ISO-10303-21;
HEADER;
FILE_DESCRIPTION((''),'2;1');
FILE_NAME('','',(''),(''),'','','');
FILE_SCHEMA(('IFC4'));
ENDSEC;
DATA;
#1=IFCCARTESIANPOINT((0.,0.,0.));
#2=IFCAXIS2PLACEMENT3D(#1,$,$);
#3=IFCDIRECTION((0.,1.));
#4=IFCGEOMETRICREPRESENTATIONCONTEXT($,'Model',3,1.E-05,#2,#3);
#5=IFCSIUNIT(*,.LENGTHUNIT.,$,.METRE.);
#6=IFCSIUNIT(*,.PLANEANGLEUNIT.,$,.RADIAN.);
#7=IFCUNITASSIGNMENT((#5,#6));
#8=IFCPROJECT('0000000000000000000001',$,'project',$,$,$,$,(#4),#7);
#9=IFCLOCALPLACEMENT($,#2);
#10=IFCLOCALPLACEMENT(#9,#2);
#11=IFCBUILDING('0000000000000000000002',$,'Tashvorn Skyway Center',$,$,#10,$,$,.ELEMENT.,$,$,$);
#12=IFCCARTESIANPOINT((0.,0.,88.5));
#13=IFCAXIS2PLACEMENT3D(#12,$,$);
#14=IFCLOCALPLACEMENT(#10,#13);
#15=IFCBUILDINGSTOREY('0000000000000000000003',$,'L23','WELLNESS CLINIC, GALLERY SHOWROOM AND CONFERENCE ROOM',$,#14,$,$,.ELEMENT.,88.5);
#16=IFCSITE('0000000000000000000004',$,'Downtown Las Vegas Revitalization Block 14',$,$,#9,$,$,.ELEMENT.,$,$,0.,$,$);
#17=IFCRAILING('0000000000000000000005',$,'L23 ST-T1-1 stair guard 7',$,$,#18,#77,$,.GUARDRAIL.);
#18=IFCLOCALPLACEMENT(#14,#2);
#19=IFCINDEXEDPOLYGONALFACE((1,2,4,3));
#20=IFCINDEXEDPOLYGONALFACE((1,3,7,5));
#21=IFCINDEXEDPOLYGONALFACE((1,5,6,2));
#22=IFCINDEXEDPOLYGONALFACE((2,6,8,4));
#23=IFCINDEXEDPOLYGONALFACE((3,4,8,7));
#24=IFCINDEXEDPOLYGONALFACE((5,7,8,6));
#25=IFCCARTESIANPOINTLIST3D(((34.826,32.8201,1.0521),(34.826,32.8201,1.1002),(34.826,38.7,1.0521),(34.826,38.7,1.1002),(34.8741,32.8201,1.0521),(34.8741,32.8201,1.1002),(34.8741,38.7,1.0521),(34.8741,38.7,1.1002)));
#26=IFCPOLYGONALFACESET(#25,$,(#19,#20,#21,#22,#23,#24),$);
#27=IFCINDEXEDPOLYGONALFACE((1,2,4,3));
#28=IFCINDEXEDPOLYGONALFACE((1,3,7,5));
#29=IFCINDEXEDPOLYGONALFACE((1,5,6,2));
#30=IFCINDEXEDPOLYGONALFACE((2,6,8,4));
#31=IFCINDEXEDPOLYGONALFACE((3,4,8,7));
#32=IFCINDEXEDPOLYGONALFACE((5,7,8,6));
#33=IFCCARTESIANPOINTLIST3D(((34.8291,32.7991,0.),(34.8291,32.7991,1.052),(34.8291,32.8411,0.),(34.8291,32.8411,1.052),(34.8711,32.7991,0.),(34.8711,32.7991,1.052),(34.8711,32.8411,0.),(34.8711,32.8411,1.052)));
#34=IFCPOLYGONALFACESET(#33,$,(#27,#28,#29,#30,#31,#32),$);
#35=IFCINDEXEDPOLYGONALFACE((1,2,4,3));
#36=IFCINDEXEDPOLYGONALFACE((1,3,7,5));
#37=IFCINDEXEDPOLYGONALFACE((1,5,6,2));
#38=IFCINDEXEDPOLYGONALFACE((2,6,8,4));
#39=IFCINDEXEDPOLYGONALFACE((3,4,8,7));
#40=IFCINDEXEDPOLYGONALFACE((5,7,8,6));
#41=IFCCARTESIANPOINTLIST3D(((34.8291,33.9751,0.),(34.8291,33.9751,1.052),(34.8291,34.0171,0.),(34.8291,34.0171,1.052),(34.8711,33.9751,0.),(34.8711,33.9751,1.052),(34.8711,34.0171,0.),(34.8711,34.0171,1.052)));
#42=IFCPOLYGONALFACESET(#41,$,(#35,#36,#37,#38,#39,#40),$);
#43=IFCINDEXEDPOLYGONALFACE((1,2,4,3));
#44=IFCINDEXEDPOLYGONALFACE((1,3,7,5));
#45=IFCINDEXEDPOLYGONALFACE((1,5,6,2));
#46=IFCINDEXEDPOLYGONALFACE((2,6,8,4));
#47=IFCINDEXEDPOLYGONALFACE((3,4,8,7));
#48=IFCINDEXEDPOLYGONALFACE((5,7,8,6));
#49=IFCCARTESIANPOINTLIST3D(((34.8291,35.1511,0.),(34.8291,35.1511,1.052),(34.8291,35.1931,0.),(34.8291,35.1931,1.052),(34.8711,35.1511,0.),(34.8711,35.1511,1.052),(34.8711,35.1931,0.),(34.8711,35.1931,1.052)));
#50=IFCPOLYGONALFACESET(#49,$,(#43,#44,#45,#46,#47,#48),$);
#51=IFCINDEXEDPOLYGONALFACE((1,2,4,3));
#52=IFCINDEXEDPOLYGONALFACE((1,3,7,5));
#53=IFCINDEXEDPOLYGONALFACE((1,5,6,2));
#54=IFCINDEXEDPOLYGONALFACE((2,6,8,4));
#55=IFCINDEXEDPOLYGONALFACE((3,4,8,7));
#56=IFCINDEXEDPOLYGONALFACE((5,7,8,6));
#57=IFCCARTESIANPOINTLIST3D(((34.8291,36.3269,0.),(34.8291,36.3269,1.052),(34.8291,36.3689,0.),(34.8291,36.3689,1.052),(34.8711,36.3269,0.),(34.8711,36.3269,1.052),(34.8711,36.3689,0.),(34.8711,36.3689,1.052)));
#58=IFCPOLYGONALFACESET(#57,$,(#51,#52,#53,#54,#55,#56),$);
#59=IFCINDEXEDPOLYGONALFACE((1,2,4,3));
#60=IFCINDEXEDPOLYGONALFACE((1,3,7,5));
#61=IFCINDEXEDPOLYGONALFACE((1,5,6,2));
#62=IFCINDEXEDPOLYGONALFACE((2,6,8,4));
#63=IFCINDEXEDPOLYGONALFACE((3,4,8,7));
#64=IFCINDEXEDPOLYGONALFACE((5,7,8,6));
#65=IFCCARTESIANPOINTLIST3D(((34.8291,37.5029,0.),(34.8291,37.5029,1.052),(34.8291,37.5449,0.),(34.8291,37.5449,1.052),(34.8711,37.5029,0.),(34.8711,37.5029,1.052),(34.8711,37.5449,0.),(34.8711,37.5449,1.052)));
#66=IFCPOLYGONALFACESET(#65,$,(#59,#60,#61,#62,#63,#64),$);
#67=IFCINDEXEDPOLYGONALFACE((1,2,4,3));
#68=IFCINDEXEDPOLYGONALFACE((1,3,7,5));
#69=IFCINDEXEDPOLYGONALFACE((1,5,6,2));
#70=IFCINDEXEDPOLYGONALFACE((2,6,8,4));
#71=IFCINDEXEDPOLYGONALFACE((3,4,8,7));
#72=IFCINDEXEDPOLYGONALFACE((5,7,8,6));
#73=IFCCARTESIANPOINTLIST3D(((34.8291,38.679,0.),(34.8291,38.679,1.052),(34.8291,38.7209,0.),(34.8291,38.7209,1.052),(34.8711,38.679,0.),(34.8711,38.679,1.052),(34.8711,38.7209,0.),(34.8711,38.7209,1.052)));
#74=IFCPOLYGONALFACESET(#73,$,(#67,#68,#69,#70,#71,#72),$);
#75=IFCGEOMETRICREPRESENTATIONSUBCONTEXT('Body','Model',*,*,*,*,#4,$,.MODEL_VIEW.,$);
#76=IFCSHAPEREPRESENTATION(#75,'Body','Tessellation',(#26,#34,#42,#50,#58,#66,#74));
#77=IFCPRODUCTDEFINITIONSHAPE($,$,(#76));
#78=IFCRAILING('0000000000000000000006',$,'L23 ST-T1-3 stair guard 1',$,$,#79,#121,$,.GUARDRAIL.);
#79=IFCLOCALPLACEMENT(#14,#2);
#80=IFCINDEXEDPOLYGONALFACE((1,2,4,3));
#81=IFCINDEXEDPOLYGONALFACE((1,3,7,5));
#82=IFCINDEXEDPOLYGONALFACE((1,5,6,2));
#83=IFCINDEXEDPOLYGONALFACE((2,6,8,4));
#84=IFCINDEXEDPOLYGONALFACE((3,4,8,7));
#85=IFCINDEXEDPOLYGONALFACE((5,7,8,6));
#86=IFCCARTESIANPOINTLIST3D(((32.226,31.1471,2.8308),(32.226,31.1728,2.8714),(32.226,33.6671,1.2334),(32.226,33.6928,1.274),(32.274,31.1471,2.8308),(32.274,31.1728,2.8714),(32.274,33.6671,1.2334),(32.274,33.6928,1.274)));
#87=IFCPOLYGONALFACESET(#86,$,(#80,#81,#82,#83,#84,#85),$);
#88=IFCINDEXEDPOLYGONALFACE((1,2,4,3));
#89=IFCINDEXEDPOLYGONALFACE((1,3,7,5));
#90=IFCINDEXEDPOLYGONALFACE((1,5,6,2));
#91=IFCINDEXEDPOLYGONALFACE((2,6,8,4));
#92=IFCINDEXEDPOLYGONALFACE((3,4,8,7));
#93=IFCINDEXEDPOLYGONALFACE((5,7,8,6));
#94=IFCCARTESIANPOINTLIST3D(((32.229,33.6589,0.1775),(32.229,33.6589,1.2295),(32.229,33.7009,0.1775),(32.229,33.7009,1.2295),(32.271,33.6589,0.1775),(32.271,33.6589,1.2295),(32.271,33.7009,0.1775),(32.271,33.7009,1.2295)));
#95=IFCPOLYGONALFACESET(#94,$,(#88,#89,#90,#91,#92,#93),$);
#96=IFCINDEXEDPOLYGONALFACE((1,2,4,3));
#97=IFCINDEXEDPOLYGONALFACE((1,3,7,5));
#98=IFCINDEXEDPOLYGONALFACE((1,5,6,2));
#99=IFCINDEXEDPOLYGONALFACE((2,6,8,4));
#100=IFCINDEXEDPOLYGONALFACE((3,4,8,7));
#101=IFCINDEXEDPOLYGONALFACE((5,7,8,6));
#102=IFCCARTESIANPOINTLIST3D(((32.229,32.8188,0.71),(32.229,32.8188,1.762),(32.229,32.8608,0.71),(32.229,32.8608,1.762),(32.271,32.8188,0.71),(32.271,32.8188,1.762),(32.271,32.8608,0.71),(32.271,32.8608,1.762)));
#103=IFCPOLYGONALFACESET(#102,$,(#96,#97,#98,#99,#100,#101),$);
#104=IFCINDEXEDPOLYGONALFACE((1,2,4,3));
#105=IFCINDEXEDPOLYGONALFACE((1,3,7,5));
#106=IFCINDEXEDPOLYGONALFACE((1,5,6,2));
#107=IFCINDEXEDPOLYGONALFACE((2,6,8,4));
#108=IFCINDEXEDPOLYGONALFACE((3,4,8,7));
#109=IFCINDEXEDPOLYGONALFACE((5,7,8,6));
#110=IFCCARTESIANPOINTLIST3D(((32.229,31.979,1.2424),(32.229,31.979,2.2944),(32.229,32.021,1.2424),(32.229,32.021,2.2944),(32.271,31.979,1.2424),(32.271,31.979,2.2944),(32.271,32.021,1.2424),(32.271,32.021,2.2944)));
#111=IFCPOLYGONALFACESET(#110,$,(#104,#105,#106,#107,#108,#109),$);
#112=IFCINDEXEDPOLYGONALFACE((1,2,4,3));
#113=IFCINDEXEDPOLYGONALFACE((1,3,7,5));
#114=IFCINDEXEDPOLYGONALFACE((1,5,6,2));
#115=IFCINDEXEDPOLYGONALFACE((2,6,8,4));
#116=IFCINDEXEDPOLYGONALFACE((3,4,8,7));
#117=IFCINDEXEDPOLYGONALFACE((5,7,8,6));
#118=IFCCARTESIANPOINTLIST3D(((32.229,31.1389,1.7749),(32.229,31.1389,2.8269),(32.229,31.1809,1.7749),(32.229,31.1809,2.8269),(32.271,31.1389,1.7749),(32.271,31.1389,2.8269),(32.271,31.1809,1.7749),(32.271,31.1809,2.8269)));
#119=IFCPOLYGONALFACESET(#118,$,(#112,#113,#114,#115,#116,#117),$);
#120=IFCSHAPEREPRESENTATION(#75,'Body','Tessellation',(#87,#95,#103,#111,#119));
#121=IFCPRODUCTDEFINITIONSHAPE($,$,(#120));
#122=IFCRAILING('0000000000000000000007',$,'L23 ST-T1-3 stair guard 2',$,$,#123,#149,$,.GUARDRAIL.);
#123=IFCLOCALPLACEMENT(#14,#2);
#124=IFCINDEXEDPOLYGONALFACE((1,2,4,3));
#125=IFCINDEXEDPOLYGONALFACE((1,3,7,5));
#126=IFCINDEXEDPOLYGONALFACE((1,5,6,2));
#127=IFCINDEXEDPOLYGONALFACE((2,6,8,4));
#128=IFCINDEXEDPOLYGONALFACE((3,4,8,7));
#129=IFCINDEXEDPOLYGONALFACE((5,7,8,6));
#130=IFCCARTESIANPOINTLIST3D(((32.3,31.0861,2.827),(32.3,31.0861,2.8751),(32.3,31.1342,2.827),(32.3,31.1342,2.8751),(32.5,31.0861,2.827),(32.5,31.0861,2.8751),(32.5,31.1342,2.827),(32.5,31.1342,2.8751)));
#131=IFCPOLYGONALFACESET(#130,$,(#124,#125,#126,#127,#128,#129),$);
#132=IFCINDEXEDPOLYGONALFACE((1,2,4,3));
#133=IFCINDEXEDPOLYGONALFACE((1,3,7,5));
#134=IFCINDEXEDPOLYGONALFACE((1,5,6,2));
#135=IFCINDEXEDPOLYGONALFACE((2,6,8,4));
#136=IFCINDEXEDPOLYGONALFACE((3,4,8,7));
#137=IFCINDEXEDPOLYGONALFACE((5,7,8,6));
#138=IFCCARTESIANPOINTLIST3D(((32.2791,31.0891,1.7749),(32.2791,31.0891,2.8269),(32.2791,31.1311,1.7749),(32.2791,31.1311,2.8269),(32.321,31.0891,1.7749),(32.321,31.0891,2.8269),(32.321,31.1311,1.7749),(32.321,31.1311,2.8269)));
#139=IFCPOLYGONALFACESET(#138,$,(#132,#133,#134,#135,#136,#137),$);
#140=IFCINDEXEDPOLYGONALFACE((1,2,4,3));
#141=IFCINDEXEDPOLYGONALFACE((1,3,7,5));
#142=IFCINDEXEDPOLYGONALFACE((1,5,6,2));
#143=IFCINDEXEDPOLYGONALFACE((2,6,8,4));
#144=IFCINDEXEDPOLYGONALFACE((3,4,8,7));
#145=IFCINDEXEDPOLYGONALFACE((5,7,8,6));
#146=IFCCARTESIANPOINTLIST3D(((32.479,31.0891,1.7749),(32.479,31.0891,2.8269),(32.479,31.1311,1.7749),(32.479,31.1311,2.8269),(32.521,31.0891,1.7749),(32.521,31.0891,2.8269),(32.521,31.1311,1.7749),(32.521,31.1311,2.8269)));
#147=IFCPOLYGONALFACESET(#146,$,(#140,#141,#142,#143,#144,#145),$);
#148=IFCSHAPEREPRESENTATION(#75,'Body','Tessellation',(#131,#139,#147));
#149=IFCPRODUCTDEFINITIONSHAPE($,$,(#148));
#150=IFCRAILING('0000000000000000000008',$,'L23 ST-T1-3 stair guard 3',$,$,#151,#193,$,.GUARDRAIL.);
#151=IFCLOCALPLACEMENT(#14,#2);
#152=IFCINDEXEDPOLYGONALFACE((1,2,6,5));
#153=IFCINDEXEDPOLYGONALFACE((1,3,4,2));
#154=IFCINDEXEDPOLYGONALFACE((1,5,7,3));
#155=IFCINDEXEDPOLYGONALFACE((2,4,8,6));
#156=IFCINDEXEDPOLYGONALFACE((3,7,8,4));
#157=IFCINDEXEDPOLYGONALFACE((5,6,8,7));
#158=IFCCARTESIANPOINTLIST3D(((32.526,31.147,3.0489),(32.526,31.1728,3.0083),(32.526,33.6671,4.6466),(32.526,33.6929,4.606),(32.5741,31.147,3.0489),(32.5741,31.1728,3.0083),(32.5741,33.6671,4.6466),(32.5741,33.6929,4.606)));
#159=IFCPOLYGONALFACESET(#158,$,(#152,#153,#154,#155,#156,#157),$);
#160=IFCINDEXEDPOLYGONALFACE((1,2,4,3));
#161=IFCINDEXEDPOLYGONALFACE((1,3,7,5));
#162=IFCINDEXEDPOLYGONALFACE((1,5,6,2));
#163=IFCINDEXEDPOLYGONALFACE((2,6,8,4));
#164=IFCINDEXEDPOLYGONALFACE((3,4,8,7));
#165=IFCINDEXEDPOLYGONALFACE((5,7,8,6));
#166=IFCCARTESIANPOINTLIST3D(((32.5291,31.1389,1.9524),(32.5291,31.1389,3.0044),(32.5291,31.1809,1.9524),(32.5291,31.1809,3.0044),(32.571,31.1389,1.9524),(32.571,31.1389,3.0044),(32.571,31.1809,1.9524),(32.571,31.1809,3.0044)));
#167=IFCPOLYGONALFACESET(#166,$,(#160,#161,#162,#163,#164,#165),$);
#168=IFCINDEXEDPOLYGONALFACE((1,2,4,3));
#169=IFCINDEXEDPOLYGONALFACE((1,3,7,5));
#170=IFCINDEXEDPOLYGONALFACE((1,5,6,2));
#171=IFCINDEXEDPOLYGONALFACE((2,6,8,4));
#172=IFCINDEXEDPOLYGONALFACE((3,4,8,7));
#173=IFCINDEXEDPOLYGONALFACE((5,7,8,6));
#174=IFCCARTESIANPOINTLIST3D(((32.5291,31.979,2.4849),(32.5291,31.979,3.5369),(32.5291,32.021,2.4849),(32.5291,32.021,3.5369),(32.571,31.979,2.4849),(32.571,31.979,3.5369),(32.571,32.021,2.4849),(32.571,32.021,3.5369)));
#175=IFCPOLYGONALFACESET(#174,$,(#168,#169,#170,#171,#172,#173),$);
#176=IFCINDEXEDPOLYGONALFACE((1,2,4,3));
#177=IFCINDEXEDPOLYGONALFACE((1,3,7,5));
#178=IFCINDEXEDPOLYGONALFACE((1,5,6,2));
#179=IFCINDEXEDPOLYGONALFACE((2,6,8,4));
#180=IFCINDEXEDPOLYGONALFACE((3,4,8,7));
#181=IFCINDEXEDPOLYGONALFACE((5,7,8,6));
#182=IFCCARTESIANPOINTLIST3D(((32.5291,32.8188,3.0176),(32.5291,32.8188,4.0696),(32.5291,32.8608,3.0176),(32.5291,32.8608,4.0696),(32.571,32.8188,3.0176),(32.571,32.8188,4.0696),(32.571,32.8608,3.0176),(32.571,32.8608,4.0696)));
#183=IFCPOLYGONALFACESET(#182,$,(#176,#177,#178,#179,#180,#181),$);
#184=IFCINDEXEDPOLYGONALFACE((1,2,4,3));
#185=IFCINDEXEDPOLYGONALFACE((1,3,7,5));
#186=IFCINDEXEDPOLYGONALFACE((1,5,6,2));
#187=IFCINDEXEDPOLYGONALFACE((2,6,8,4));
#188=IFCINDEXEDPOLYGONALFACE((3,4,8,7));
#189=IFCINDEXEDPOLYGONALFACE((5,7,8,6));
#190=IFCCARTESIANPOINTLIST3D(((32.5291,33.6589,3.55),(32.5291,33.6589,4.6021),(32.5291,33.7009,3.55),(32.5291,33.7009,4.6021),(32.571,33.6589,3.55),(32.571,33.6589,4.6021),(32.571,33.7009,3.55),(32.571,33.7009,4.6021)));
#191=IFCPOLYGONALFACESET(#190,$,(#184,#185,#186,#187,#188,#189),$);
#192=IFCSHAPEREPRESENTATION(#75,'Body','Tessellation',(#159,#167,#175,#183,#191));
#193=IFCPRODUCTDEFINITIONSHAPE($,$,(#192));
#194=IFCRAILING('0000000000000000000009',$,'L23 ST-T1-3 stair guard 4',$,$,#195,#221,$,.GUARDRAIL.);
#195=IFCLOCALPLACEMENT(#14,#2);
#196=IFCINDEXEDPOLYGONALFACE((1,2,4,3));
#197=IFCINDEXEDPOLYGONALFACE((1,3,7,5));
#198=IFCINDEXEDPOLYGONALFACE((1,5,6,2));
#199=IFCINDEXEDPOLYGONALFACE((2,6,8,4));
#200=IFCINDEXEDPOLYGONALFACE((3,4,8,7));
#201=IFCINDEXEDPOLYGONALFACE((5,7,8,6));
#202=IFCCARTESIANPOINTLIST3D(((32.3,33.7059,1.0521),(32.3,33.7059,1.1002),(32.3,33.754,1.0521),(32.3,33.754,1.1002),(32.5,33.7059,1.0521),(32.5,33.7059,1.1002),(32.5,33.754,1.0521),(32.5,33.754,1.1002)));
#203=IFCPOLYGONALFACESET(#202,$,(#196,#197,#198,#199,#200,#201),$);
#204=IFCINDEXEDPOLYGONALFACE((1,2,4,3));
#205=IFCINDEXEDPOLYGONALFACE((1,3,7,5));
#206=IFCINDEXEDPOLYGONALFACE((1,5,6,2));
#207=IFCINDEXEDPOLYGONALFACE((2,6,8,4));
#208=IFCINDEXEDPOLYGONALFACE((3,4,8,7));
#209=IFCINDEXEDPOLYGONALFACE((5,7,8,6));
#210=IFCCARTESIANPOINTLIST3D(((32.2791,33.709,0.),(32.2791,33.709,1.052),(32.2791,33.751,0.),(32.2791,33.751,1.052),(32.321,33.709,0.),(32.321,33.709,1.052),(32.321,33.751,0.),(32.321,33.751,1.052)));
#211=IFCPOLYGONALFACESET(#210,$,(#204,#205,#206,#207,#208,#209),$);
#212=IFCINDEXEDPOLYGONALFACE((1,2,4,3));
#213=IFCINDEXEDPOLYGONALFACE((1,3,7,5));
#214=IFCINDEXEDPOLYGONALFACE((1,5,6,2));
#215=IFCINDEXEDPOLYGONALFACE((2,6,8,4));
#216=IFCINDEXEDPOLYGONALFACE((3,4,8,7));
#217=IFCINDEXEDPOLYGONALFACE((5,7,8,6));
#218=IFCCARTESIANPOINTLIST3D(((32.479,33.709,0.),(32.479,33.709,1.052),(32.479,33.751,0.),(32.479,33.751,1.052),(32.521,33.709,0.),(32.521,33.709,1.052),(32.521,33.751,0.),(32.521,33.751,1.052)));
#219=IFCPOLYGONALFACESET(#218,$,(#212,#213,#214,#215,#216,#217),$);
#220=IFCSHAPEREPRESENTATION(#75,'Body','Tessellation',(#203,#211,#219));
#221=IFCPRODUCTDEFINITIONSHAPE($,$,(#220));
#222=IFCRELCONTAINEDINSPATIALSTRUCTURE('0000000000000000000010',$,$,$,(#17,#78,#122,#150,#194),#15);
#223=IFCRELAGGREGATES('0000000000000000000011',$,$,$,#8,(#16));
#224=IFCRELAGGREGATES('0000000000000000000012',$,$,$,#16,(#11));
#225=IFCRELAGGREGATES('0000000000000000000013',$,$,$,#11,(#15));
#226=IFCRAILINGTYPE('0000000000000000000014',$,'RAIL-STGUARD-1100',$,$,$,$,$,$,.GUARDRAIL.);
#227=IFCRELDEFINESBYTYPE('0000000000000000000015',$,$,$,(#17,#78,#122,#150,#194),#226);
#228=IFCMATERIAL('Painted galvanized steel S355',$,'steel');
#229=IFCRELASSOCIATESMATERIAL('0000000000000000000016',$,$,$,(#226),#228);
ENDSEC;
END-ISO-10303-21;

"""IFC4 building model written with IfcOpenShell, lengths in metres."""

from ifc_helpers import new_model, si_unit, direction, frame, origin, origin_2d, place, context, subcontext, project, spatial, rectangle, extrude, material, type_object, element, save


model = new_model("IFC4")

# Units and contexts
model_context = context("Model", 3, precision=1e-05, world=origin(), true_north=direction((0.0, 1.0)))
body_context = subcontext(model_context, "Body", "Model", "MODEL_VIEW")
ifc_project = project(units=[si_unit("LENGTHUNIT", "METRE"), si_unit("PLANEANGLEUNIT", "RADIAN")], contexts=[model_context])

# Site, building, storey
site_placement = place(None, origin())
site = spatial("IfcSite", under=ifc_project, at=site_placement, Name="Downtown Las Vegas Revitalization Block 14", CompositionType="ELEMENT", RefElevation=0.0)
building_placement = place(site_placement, origin())
building = spatial("IfcBuilding", under=site, at=building_placement, Name="Tashvorn Skyway Center", CompositionType="ELEMENT")
storey_placement = place(building_placement, frame((0.0, 0.0, 88.5)))
storey = spatial("IfcBuildingStorey", under=building, at=storey_placement, Name="L23", Description="WELLNESS CLINIC, GALLERY SHOWROOM AND CONFERENCE ROOM", CompositionType="ELEMENT", Elevation=88.5)

# Railings
ifc_material_1 = material(Name="Painted galvanized steel S355", Category="steel")
railing_type_1 = type_object("IfcRailingType", Name="RAIL-STGUARD-1100", PredefinedType="GUARDRAIL", material=ifc_material_1)
railing_1_placement = place(storey_placement, frame((34.8501, 32.8201, 0.0)))
element("IfcRailing", 1, at=railing_1_placement, inside=storey, type_object=railing_type_1, Name="L23 ST-T1-1 stair guard 7", PredefinedType="GUARDRAIL", context=body_context, shape_type="SweptSolid", body=[
    extrude(rectangle(XDim=0.0481, YDim=0.0481, at=origin_2d()), frame((0.0, 0.0, 1.0762), z_axis=(0.0, 1.0, 0.0), x_axis=(-1.0, 0.0, 0.0)), (0.0, 0.0, 1.0), 5.8799),
    extrude(rectangle(XDim=0.042, YDim=0.042, at=origin_2d()), origin(), (0.0, 0.0, 1.0), 1.052),
    extrude(rectangle(XDim=0.042, YDim=0.042, at=origin_2d()), frame((0.0, 1.176, 0.0)), (0.0, 0.0, 1.0), 1.052),
    extrude(rectangle(XDim=0.042, YDim=0.042, at=origin_2d()), frame((0.0, 2.3521, 0.0)), (0.0, 0.0, 1.0), 1.052),
    extrude(rectangle(XDim=0.042, YDim=0.042, at=origin_2d()), frame((0.0, 3.5278, 0.0)), (0.0, 0.0, 1.0), 1.052),
    extrude(rectangle(XDim=0.042, YDim=0.042, at=origin_2d()), frame((0.0, 4.7039, 0.0)), (0.0, 0.0, 1.0), 1.052),
    extrude(rectangle(XDim=0.042, YDim=0.042, at=origin_2d()), frame((0.0, 5.8799, 0.0)), (0.0, 0.0, 1.0), 1.052),
])
railing_2_placement = place(storey_placement, frame((32.25, 33.6799, 0.1775)))
element("IfcRailing", 2, at=railing_2_placement, inside=storey, type_object=railing_type_1, Name="L23 ST-T1-3 stair guard 1", PredefinedType="GUARDRAIL", context=body_context, shape_type="SweptSolid", body=[
    extrude(rectangle(XDim=0.0481, YDim=0.0481, at=origin_2d()), frame((0.0, 0.0, 1.0762), z_axis=(0.0, -0.844607, 0.535387), x_axis=(1.0, 0.0, 0.0)), (0.0, 0.0, 1.0), 2.9836),
    extrude(rectangle(XDim=0.042, YDim=0.042, at=origin_2d()), origin(), (0.0, 0.0, 1.0), 1.052),
    extrude(rectangle(XDim=0.042, YDim=0.042, at=origin_2d()), frame((0.0, -0.8401, 0.5325)), (0.0, 0.0, 1.0), 1.052),
    extrude(rectangle(XDim=0.042, YDim=0.042, at=origin_2d()), frame((0.0, -1.6799, 1.0649)), (0.0, 0.0, 1.0), 1.052),
    extrude(rectangle(XDim=0.042, YDim=0.042, at=origin_2d()), frame((0.0, -2.52, 1.5974)), (0.0, 0.0, 1.0), 1.052),
])
railing_3_placement = place(storey_placement, frame((32.3, 31.1101, 1.7749)))
element("IfcRailing", 3, at=railing_3_placement, inside=storey, type_object=railing_type_1, Name="L23 ST-T1-3 stair guard 2", PredefinedType="GUARDRAIL", context=body_context, shape_type="SweptSolid", body=[
    extrude(rectangle(XDim=0.0481, YDim=0.0481, at=origin_2d()), frame((0.0, 0.0, 1.0762), z_axis=(1.0, 0.0, 0.0), x_axis=(0.0, 1.0, 0.0)), (0.0, 0.0, 1.0), 0.2),
    extrude(rectangle(XDim=0.042, YDim=0.042, at=origin_2d()), origin(), (0.0, 0.0, 1.0), 1.052),
    extrude(rectangle(XDim=0.042, YDim=0.042, at=origin_2d()), frame((0.2, 0.0, 0.0)), (0.0, 0.0, 1.0), 1.052),
])
railing_4_placement = place(storey_placement, frame((32.55, 31.1599, 1.9524)))
element("IfcRailing", 4, at=railing_4_placement, inside=storey, type_object=railing_type_1, Name="L23 ST-T1-3 stair guard 3", PredefinedType="GUARDRAIL", context=body_context, shape_type="SweptSolid", body=[
    extrude(rectangle(XDim=0.0481, YDim=0.0481, at=origin_2d()), frame((0.0, 0.0, 1.0762), z_axis=(0.0, 0.84457, 0.535445), x_axis=(-1.0, 0.0, 0.0)), (0.0, 0.0, 1.0), 2.9839),
    extrude(rectangle(XDim=0.042, YDim=0.042, at=origin_2d()), origin(), (0.0, 0.0, 1.0), 1.052),
    extrude(rectangle(XDim=0.042, YDim=0.042, at=origin_2d()), frame((0.0, 0.8401, 0.5325)), (0.0, 0.0, 1.0), 1.052),
    extrude(rectangle(XDim=0.042, YDim=0.042, at=origin_2d()), frame((0.0, 1.6799, 1.0652)), (0.0, 0.0, 1.0), 1.052),
    extrude(rectangle(XDim=0.042, YDim=0.042, at=origin_2d()), frame((0.0, 2.52, 1.5977)), (0.0, 0.0, 1.0), 1.052),
])
railing_5_placement = place(storey_placement, frame((32.3, 33.73, 0.0)))
element("IfcRailing", 5, at=railing_5_placement, inside=storey, type_object=railing_type_1, Name="L23 ST-T1-3 stair guard 4", PredefinedType="GUARDRAIL", context=body_context, shape_type="SweptSolid", body=[
    extrude(rectangle(XDim=0.0481, YDim=0.0481, at=origin_2d()), frame((0.0, 0.0, 1.0762), z_axis=(1.0, 0.0, 0.0), x_axis=(0.0, 1.0, 0.0)), (0.0, 0.0, 1.0), 0.2),
    extrude(rectangle(XDim=0.042, YDim=0.042, at=origin_2d()), origin(), (0.0, 0.0, 1.0), 1.052),
    extrude(rectangle(XDim=0.042, YDim=0.042, at=origin_2d()), frame((0.2, 0.0, 0.0)), (0.0, 0.0, 1.0), 1.052),
])

save(model, "model.ifc")
